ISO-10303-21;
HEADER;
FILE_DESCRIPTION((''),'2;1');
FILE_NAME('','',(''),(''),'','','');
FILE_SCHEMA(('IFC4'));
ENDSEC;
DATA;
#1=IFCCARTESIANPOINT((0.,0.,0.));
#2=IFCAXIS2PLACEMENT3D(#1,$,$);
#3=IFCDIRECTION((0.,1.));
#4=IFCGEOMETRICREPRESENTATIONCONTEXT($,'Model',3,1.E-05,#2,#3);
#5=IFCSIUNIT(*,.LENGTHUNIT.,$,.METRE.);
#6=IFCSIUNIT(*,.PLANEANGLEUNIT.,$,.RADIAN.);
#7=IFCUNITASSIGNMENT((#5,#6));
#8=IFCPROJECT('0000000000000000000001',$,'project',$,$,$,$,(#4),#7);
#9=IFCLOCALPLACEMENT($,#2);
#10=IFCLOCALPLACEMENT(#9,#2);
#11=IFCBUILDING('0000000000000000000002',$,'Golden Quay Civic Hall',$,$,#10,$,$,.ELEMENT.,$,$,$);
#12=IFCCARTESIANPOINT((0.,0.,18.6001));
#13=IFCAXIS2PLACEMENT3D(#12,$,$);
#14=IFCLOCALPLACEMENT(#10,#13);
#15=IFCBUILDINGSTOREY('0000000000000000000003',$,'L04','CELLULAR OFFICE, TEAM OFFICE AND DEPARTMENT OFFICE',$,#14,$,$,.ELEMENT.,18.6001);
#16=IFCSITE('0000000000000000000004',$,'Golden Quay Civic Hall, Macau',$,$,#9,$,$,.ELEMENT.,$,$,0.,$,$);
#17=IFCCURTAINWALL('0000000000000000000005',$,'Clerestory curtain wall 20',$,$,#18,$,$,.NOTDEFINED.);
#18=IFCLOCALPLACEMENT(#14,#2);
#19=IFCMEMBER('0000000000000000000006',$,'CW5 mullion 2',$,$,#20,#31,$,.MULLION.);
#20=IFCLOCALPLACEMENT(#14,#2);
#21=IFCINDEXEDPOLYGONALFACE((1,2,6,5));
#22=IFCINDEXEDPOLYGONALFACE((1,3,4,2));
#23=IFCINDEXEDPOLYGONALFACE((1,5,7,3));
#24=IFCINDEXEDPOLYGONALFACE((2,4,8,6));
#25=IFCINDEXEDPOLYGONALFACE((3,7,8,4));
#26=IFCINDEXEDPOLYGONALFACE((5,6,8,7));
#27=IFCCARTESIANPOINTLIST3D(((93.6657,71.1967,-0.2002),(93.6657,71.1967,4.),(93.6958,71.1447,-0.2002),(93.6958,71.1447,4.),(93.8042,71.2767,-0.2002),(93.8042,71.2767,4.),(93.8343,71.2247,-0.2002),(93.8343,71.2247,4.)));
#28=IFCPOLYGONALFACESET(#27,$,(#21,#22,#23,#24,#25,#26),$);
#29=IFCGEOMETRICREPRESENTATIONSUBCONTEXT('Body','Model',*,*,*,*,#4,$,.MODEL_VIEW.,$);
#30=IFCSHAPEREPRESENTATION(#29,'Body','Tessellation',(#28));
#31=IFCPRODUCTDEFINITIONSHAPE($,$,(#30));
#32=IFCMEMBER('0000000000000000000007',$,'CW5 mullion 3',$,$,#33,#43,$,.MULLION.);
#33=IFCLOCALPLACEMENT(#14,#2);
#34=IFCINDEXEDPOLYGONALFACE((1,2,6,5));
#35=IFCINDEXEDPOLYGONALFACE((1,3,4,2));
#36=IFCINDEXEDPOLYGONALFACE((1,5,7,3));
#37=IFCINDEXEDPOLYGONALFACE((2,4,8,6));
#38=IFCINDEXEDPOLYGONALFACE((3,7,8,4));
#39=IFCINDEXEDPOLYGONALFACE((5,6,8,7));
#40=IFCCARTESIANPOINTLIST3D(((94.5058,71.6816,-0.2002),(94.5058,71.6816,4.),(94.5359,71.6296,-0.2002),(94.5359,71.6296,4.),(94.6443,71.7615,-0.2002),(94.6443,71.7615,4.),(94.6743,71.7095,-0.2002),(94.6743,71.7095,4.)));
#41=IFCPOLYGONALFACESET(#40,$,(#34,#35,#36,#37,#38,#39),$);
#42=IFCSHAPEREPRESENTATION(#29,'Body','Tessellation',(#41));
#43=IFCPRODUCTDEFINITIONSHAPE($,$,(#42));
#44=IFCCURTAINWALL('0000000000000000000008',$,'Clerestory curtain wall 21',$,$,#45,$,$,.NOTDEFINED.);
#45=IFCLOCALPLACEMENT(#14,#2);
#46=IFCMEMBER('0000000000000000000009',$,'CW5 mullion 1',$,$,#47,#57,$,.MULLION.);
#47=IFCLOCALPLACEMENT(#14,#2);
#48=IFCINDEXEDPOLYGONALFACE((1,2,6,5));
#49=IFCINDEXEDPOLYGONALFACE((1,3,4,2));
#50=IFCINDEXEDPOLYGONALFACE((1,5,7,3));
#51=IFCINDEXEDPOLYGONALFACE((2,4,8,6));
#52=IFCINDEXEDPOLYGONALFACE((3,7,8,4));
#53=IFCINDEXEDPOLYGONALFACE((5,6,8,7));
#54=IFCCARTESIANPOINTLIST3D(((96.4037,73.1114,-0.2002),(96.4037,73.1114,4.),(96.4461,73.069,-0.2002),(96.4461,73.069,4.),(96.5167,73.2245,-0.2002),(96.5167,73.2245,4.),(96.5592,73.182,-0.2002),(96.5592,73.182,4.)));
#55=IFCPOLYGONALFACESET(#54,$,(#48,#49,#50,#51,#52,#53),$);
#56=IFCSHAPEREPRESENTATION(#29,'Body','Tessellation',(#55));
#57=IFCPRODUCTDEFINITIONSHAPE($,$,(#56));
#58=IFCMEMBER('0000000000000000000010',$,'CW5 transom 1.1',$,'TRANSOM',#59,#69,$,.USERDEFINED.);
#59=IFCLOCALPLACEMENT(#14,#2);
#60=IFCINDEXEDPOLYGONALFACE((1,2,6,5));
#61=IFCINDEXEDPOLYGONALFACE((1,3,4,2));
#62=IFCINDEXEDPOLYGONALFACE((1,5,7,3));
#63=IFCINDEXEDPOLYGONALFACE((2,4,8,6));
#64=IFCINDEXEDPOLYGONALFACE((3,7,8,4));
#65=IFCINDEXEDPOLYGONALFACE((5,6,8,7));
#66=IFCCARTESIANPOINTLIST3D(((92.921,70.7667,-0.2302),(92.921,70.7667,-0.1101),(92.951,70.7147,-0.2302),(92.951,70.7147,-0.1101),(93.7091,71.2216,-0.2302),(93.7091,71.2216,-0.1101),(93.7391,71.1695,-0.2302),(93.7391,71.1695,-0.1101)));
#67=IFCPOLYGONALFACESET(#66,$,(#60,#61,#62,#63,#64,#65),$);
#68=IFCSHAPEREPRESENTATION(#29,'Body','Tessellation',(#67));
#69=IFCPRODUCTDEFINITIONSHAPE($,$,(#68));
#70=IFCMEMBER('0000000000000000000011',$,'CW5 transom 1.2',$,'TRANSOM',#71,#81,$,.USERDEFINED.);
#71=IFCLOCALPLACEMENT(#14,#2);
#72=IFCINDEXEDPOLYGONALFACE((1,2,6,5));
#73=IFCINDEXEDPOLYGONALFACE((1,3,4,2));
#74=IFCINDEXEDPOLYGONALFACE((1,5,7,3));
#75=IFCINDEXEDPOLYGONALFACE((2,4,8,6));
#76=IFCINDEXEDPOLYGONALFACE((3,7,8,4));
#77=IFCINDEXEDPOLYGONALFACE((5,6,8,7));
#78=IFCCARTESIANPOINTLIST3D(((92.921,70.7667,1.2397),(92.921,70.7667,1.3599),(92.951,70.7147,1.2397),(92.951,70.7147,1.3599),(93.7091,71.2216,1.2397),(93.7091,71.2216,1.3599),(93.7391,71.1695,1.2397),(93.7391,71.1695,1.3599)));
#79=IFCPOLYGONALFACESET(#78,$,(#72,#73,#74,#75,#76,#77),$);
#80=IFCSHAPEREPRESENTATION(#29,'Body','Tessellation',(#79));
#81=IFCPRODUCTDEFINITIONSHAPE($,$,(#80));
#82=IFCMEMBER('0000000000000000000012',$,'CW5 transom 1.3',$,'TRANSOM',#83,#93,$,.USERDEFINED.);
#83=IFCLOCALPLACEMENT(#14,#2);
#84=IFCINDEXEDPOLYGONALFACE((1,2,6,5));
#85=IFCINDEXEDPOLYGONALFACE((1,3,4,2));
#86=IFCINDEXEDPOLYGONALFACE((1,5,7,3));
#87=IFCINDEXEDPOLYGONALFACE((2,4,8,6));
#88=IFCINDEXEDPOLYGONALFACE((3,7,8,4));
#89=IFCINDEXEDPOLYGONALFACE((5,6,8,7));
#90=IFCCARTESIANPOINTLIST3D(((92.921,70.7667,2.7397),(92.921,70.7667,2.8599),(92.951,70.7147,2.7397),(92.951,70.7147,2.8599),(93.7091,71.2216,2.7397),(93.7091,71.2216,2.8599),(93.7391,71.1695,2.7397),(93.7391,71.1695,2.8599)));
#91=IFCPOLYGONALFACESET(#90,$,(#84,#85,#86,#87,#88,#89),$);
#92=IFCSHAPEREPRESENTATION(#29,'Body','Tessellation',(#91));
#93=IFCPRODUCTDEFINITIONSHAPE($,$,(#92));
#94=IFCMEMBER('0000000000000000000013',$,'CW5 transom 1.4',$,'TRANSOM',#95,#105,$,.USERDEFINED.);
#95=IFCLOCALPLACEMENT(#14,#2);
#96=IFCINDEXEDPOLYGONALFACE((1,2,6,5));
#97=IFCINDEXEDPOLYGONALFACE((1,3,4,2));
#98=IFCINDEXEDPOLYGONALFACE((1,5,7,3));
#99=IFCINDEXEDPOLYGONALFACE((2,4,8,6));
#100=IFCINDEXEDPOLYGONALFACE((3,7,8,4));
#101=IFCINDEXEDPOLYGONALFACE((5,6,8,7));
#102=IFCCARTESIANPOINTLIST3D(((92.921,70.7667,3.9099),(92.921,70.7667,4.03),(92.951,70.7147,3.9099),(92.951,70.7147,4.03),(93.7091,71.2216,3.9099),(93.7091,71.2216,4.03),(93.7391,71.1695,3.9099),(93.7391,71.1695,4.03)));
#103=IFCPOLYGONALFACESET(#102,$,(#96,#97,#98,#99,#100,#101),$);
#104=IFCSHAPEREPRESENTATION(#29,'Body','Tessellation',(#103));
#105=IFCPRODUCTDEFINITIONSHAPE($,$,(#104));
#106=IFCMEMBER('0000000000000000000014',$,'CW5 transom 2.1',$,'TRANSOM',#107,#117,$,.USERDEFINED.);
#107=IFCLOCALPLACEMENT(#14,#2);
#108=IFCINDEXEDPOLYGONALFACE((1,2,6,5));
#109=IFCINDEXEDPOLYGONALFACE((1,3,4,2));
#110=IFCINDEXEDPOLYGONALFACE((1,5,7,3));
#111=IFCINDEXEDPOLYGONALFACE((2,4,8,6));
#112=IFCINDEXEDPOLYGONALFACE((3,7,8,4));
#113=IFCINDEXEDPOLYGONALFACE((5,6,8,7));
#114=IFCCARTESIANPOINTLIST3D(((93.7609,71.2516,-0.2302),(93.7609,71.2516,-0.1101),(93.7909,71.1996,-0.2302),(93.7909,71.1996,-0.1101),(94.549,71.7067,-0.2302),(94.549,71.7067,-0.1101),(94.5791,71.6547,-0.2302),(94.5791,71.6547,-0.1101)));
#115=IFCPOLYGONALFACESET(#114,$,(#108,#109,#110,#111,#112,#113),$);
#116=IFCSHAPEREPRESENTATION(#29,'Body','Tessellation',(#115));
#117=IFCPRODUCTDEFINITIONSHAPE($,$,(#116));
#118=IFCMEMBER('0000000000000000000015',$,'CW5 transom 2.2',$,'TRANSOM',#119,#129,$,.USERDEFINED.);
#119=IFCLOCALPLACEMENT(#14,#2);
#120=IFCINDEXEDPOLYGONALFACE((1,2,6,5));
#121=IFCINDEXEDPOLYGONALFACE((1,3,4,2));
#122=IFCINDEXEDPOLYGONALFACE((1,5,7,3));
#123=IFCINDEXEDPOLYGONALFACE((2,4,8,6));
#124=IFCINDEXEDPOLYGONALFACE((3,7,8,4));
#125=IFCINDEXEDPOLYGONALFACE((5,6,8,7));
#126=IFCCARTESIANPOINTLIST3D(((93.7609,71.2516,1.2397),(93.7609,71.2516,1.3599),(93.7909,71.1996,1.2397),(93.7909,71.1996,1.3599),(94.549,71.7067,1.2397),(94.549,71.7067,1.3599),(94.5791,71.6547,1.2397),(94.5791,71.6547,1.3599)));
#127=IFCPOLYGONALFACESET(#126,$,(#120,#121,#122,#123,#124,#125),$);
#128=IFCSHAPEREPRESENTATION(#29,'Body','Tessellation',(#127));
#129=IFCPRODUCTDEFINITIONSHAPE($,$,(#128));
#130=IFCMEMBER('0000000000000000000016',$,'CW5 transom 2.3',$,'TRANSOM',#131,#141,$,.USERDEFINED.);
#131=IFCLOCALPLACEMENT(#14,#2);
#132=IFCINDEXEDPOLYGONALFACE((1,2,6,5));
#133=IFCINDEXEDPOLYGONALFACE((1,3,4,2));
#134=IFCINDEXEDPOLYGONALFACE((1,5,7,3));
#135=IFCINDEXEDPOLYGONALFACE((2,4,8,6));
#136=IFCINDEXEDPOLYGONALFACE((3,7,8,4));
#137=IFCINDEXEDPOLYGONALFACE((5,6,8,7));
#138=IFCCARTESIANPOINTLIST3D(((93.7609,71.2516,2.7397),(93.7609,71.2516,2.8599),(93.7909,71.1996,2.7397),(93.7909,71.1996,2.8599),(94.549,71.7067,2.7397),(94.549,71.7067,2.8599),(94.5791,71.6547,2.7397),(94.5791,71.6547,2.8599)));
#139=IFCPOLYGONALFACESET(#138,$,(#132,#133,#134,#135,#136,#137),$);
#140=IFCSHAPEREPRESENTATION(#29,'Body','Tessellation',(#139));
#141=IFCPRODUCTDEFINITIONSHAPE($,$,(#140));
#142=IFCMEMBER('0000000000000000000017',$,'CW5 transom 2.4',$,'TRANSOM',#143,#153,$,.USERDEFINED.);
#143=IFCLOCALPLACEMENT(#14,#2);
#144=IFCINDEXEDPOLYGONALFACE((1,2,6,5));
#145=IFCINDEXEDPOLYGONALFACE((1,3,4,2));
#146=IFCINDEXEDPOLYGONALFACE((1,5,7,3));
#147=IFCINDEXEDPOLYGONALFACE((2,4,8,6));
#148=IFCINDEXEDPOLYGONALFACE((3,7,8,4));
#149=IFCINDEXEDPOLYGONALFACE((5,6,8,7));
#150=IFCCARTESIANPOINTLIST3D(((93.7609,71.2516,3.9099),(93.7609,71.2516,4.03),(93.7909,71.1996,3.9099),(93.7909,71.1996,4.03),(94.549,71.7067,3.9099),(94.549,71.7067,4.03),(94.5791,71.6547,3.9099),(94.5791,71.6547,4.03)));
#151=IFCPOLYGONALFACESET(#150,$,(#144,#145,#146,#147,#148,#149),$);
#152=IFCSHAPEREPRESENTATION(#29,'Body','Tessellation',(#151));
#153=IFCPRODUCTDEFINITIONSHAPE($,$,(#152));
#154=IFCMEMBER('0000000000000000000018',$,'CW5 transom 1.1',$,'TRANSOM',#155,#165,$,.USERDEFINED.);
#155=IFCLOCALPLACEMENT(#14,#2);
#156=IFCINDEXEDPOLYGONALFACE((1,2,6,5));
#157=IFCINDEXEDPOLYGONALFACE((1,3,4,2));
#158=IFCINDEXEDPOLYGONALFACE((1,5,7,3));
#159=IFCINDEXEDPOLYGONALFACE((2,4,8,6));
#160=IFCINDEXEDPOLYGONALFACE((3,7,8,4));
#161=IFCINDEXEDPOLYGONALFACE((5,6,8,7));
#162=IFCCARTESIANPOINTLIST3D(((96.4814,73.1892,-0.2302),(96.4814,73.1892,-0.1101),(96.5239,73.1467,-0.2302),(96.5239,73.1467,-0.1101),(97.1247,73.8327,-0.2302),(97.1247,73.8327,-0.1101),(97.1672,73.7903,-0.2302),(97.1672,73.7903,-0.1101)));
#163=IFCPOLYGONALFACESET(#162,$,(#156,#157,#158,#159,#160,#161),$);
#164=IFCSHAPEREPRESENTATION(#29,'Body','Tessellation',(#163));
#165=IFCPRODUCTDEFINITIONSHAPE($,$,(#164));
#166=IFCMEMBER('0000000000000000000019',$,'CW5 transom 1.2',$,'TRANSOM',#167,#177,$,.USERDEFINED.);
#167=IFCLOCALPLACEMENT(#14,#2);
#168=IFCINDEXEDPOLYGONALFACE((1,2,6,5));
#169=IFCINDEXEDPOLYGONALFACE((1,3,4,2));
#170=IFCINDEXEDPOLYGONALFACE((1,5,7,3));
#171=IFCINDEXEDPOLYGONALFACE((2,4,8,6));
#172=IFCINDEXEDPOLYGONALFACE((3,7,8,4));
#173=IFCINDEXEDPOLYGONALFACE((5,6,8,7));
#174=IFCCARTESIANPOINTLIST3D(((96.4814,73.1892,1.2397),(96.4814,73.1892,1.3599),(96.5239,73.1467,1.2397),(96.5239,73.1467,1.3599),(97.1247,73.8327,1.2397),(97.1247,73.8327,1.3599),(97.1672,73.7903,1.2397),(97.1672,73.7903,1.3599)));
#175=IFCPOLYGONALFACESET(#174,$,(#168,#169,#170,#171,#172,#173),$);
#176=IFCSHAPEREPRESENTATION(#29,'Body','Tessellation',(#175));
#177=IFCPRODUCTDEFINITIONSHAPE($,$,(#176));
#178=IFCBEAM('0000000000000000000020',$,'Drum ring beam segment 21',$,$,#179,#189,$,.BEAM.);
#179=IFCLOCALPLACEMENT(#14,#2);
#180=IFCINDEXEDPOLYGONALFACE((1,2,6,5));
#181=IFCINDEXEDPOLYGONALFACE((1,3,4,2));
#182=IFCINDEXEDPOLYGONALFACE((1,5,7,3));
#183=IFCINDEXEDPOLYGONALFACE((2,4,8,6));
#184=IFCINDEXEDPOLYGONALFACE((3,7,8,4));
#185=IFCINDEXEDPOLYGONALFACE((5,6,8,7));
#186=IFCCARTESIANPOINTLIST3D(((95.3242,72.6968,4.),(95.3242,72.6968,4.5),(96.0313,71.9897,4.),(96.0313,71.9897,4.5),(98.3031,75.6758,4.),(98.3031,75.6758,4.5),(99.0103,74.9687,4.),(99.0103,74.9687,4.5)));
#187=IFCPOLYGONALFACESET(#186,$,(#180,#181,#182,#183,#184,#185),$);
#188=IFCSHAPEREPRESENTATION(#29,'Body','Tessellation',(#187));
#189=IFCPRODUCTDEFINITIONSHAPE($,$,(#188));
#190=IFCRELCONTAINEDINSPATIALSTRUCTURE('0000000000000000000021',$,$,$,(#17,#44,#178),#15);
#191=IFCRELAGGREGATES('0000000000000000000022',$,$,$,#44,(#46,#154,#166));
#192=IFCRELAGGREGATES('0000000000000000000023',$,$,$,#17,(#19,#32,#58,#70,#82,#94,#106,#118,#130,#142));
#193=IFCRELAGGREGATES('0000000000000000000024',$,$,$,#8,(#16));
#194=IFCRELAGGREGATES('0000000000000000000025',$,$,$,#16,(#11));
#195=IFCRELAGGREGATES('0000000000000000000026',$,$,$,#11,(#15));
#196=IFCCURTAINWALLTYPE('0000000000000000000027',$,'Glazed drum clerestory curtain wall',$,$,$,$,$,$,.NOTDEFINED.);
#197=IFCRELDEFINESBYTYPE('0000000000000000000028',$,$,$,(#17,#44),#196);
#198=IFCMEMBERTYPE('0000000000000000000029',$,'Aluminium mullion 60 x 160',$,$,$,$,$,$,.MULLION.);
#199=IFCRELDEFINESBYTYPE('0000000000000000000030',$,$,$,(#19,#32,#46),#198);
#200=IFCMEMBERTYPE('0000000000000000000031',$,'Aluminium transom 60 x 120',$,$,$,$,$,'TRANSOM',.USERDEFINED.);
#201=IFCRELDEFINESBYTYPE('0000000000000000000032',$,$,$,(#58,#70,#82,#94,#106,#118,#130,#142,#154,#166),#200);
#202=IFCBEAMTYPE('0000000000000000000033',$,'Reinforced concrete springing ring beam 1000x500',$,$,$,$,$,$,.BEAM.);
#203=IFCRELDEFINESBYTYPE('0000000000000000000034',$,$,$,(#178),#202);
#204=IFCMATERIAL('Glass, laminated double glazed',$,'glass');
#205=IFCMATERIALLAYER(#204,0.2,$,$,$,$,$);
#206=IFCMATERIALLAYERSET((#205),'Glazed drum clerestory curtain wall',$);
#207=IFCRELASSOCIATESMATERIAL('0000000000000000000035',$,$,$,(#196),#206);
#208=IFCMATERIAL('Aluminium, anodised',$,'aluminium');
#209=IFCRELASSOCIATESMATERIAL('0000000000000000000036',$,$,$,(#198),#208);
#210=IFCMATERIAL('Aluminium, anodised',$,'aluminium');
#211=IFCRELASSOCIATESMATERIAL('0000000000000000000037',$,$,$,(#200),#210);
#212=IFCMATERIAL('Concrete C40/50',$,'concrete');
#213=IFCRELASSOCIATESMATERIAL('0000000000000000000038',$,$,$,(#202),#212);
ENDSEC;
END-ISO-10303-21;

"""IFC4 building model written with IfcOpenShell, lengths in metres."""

from ifc_helpers import new_model, si_unit, direction, frame, origin, origin_2d, place, context, subcontext, project, spatial, rectangle, extrude, material, layer, layer_set, material_profile, profile_set, type_object, element, aggregate, save


model = new_model("IFC4")

# Units and contexts
model_context = context("Model", 3, precision=1e-05, world=origin(), true_north=direction((0.0, 1.0)))
body_context = subcontext(model_context, "Body", "Model", "MODEL_VIEW")
ifc_project = project(units=[si_unit("LENGTHUNIT", "METRE"), si_unit("PLANEANGLEUNIT", "RADIAN")], contexts=[model_context])

# Site, building, storey
site_placement = place(None, origin())
site = spatial("IfcSite", under=ifc_project, at=site_placement, Name="Golden Quay Civic Hall, Macau", CompositionType="ELEMENT", RefElevation=0.0)
building_placement = place(site_placement, origin())
building = spatial("IfcBuilding", under=site, at=building_placement, Name="Golden Quay Civic Hall", CompositionType="ELEMENT")
storey_placement = place(building_placement, frame((0.0, 0.0, 18.6001)))
storey = spatial("IfcBuildingStorey", under=building, at=storey_placement, Name="L04", Description="CELLULAR OFFICE, TEAM OFFICE AND DEPARTMENT OFFICE", CompositionType="ELEMENT", Elevation=18.6001)

# Curtain wall, members
ifc_material_1 = material(Name="Glass, laminated double glazed", Category="glass")
ifc_layer_1 = layer(ifc_material_1, 0.2)
ifc_layer_set_1 = layer_set([ifc_layer_1], Name="Glazed drum clerestory curtain wall")
curtain_wall_type = type_object("IfcCurtainWallType", Name="Glazed drum clerestory curtain wall", PredefinedType="NOTDEFINED", material=ifc_layer_set_1)
curtain_wall_1_placement = place(storey_placement, origin())
curtain_wall_1 = element("IfcCurtainWall", 1, at=curtain_wall_1_placement, inside=storey, type_object=curtain_wall_type, Name="Clerestory curtain wall 20", PredefinedType="NOTDEFINED")
ifc_material_2 = material(Name="Aluminium, anodised", Category="aluminium")
ifc_material_profile_1 = material_profile(ifc_material_2, rectangle(XDim=0.0601, YDim=0.1599, at=origin_2d()), Name="Aluminium 60 x 160")
ifc_profile_set_1 = profile_set([ifc_material_profile_1], Name="Aluminium, anodised")
member_type_1 = type_object("IfcMemberType", Name="Aluminium mullion 60 x 160", PredefinedType="MULLION", material=ifc_profile_set_1)
member_1_placement = place(storey_placement, frame((93.75, 71.2107, -0.2002), z_axis=(0.0, 0.0, 1.0), x_axis=(-0.500011, 0.866019, 0.0)))
member_1 = element("IfcMember", 2, at=member_1_placement, type_object=member_type_1, Name="CW5 mullion 2", PredefinedType="MULLION", context=body_context, shape_type="SweptSolid", body=[
    extrude(rectangle(XDim=0.0601, YDim=0.1599, at=origin_2d()), origin(), (0.0, 0.0, 1.0), 4.2002),
])
member_2_placement = place(storey_placement, frame((94.5901, 71.6956, -0.2002), z_axis=(0.0, 0.0, 1.0), x_axis=(-0.500011, 0.866019, 0.0)))
member_2 = element("IfcMember", 3, at=member_2_placement, type_object=member_type_1, Name="CW5 mullion 3", PredefinedType="MULLION", context=body_context, shape_type="SweptSolid", body=[
    extrude(rectangle(XDim=0.0601, YDim=0.1599, at=origin_2d()), origin(), (0.0, 0.0, 1.0), 4.2002),
])

# Curtain wall, member
curtain_wall_2_placement = place(storey_placement, origin())
curtain_wall_2 = element("IfcCurtainWall", 4, at=curtain_wall_2_placement, inside=storey, type_object=curtain_wall_type, Name="Clerestory curtain wall 21", PredefinedType="NOTDEFINED")
member_3_placement = place(storey_placement, frame((96.4814, 73.1467, -0.2002), z_axis=(0.0, 0.0, 1.0), x_axis=(-0.707107, 0.707107, 0.0)))
member_3 = element("IfcMember", 5, at=member_3_placement, type_object=member_type_1, Name="CW5 mullion 1", PredefinedType="MULLION", context=body_context, shape_type="SweptSolid", body=[
    extrude(rectangle(XDim=0.0601, YDim=0.1599, at=origin_2d()), origin(), (0.0, 0.0, 1.0), 4.2002),
])

# Members
ifc_material_3 = material(Name="Aluminium, anodised", Category="aluminium")
ifc_material_profile_2 = material_profile(ifc_material_3, rectangle(XDim=0.0601, YDim=0.1201, at=origin_2d()), Name="Aluminium 60 x 120")
ifc_profile_set_2 = profile_set([ifc_material_profile_2], Name="Aluminium, anodised")
member_type_2 = type_object("IfcMemberType", Name="Aluminium transom 60 x 120", ElementType="TRANSOM", PredefinedType="USERDEFINED", material=ifc_profile_set_2)
member_4_placement = place(storey_placement, frame((92.936, 70.7407, -0.1702), z_axis=(0.866105, 0.499862, 0.0), x_axis=(-0.499862, 0.866105, 0.0)))
member_4 = element("IfcMember", 6, at=member_4_placement, type_object=member_type_2, Name="CW5 transom 1.1", ObjectType="TRANSOM", PredefinedType="USERDEFINED", context=body_context, shape_type="SweptSolid", body=[
    extrude(rectangle(XDim=0.0601, YDim=0.1201, at=origin_2d()), origin(), (0.0, 0.0, 1.0), 0.9099),
])
member_5_placement = place(storey_placement, frame((92.936, 70.7407, 1.2998), z_axis=(0.866105, 0.499862, 0.0), x_axis=(-0.499862, 0.866105, 0.0)))
member_5 = element("IfcMember", 7, at=member_5_placement, type_object=member_type_2, Name="CW5 transom 1.2", ObjectType="TRANSOM", PredefinedType="USERDEFINED", context=body_context, shape_type="SweptSolid", body=[
    extrude(rectangle(XDim=0.0601, YDim=0.1201, at=origin_2d()), origin(), (0.0, 0.0, 1.0), 0.9099),
])
member_6_placement = place(storey_placement, frame((92.936, 70.7407, 2.7998), z_axis=(0.866105, 0.499862, 0.0), x_axis=(-0.499862, 0.866105, 0.0)))
member_6 = element("IfcMember", 8, at=member_6_placement, type_object=member_type_2, Name="CW5 transom 1.3", ObjectType="TRANSOM", PredefinedType="USERDEFINED", context=body_context, shape_type="SweptSolid", body=[
    extrude(rectangle(XDim=0.0601, YDim=0.1201, at=origin_2d()), origin(), (0.0, 0.0, 1.0), 0.9099),
])
member_7_placement = place(storey_placement, frame((92.936, 70.7407, 3.97), z_axis=(0.866105, 0.499862, 0.0), x_axis=(-0.499862, 0.866105, 0.0)))
member_7 = element("IfcMember", 9, at=member_7_placement, type_object=member_type_2, Name="CW5 transom 1.4", ObjectType="TRANSOM", PredefinedType="USERDEFINED", context=body_context, shape_type="SweptSolid", body=[
    extrude(rectangle(XDim=0.0601, YDim=0.1201, at=origin_2d()), origin(), (0.0, 0.0, 1.0), 0.9099),
])
member_8_placement = place(storey_placement, frame((93.7759, 71.2256, -0.1702), z_axis=(0.865989, 0.500063, 0.0), x_axis=(-0.500063, 0.865989, 0.0)))
member_8 = element("IfcMember", 10, at=member_8_placement, type_object=member_type_2, Name="CW5 transom 2.1", ObjectType="TRANSOM", PredefinedType="USERDEFINED", context=body_context, shape_type="SweptSolid", body=[
    extrude(rectangle(XDim=0.0601, YDim=0.1201, at=origin_2d()), origin(), (0.0, 0.0, 1.0), 0.9102),
])
member_9_placement = place(storey_placement, frame((93.7759, 71.2256, 1.2998), z_axis=(0.865989, 0.500063, 0.0), x_axis=(-0.500063, 0.865989, 0.0)))
member_9 = element("IfcMember", 11, at=member_9_placement, type_object=member_type_2, Name="CW5 transom 2.2", ObjectType="TRANSOM", PredefinedType="USERDEFINED", context=body_context, shape_type="SweptSolid", body=[
    extrude(rectangle(XDim=0.0601, YDim=0.1201, at=origin_2d()), origin(), (0.0, 0.0, 1.0), 0.9102),
])
member_10_placement = place(storey_placement, frame((93.7759, 71.2256, 2.7998), z_axis=(0.865989, 0.500063, 0.0), x_axis=(-0.500063, 0.865989, 0.0)))
member_10 = element("IfcMember", 12, at=member_10_placement, type_object=member_type_2, Name="CW5 transom 2.3", ObjectType="TRANSOM", PredefinedType="USERDEFINED", context=body_context, shape_type="SweptSolid", body=[
    extrude(rectangle(XDim=0.0601, YDim=0.1201, at=origin_2d()), origin(), (0.0, 0.0, 1.0), 0.9102),
])
member_11_placement = place(storey_placement, frame((93.7759, 71.2256, 3.97), z_axis=(0.865989, 0.500063, 0.0), x_axis=(-0.500063, 0.865989, 0.0)))
member_11 = element("IfcMember", 13, at=member_11_placement, type_object=member_type_2, Name="CW5 transom 2.4", ObjectType="TRANSOM", PredefinedType="USERDEFINED", context=body_context, shape_type="SweptSolid", body=[
    extrude(rectangle(XDim=0.0601, YDim=0.1201, at=origin_2d()), origin(), (0.0, 0.0, 1.0), 0.9102),
])
member_12_placement = place(storey_placement, frame((96.5027, 73.168, -0.1702), z_axis=(0.706973, 0.707241, 0.0), x_axis=(-0.707241, 0.706973, 0.0)))
member_12 = element("IfcMember", 14, at=member_12_placement, type_object=member_type_2, Name="CW5 transom 1.1", ObjectType="TRANSOM", PredefinedType="USERDEFINED", context=body_context, shape_type="SweptSolid", body=[
    extrude(rectangle(XDim=0.0601, YDim=0.1201, at=origin_2d()), origin(), (0.0, 0.0, 1.0), 0.9099),
])
member_13_placement = place(storey_placement, frame((96.5027, 73.168, 1.2998), z_axis=(0.706973, 0.707241, 0.0), x_axis=(-0.707241, 0.706973, 0.0)))
member_13 = element("IfcMember", 15, at=member_13_placement, type_object=member_type_2, Name="CW5 transom 1.2", ObjectType="TRANSOM", PredefinedType="USERDEFINED", context=body_context, shape_type="SweptSolid", body=[
    extrude(rectangle(XDim=0.0601, YDim=0.1201, at=origin_2d()), origin(), (0.0, 0.0, 1.0), 0.9099),
])
aggregate(curtain_wall_2, [member_3, member_12, member_13])

# Beam
ifc_material_4 = material(Name="Concrete C40/50", Category="concrete")
ifc_material_profile_3 = material_profile(ifc_material_4, rectangle(XDim=1.0, YDim=0.5, at=origin_2d()), Name="RC 1000x500")
ifc_profile_set_3 = profile_set([ifc_material_profile_3], Name="Concrete C40/50")
beam_type = type_object("IfcBeamType", Name="Reinforced concrete springing ring beam 1000x500", PredefinedType="BEAM", material=ifc_profile_set_3)
beam_placement = place(storey_placement, frame((95.6777, 72.3433, 4.25), z_axis=(0.707107, 0.707107, 0.0), x_axis=(-0.707107, 0.707107, 0.0)))
element("IfcBeam", 16, at=beam_placement, inside=storey, type_object=beam_type, Name="Drum ring beam segment 21", PredefinedType="BEAM", context=body_context, shape_type="SweptSolid", body=[
    extrude(rectangle(XDim=1.0, YDim=0.5, at=origin_2d()), origin(), (0.0, 0.0, 1.0), 4.2129),
])

aggregate(curtain_wall_1, [member_1, member_2, member_4, member_5, member_6, member_7, member_8, member_9, member_10, member_11])

save(model, "model.ifc")
